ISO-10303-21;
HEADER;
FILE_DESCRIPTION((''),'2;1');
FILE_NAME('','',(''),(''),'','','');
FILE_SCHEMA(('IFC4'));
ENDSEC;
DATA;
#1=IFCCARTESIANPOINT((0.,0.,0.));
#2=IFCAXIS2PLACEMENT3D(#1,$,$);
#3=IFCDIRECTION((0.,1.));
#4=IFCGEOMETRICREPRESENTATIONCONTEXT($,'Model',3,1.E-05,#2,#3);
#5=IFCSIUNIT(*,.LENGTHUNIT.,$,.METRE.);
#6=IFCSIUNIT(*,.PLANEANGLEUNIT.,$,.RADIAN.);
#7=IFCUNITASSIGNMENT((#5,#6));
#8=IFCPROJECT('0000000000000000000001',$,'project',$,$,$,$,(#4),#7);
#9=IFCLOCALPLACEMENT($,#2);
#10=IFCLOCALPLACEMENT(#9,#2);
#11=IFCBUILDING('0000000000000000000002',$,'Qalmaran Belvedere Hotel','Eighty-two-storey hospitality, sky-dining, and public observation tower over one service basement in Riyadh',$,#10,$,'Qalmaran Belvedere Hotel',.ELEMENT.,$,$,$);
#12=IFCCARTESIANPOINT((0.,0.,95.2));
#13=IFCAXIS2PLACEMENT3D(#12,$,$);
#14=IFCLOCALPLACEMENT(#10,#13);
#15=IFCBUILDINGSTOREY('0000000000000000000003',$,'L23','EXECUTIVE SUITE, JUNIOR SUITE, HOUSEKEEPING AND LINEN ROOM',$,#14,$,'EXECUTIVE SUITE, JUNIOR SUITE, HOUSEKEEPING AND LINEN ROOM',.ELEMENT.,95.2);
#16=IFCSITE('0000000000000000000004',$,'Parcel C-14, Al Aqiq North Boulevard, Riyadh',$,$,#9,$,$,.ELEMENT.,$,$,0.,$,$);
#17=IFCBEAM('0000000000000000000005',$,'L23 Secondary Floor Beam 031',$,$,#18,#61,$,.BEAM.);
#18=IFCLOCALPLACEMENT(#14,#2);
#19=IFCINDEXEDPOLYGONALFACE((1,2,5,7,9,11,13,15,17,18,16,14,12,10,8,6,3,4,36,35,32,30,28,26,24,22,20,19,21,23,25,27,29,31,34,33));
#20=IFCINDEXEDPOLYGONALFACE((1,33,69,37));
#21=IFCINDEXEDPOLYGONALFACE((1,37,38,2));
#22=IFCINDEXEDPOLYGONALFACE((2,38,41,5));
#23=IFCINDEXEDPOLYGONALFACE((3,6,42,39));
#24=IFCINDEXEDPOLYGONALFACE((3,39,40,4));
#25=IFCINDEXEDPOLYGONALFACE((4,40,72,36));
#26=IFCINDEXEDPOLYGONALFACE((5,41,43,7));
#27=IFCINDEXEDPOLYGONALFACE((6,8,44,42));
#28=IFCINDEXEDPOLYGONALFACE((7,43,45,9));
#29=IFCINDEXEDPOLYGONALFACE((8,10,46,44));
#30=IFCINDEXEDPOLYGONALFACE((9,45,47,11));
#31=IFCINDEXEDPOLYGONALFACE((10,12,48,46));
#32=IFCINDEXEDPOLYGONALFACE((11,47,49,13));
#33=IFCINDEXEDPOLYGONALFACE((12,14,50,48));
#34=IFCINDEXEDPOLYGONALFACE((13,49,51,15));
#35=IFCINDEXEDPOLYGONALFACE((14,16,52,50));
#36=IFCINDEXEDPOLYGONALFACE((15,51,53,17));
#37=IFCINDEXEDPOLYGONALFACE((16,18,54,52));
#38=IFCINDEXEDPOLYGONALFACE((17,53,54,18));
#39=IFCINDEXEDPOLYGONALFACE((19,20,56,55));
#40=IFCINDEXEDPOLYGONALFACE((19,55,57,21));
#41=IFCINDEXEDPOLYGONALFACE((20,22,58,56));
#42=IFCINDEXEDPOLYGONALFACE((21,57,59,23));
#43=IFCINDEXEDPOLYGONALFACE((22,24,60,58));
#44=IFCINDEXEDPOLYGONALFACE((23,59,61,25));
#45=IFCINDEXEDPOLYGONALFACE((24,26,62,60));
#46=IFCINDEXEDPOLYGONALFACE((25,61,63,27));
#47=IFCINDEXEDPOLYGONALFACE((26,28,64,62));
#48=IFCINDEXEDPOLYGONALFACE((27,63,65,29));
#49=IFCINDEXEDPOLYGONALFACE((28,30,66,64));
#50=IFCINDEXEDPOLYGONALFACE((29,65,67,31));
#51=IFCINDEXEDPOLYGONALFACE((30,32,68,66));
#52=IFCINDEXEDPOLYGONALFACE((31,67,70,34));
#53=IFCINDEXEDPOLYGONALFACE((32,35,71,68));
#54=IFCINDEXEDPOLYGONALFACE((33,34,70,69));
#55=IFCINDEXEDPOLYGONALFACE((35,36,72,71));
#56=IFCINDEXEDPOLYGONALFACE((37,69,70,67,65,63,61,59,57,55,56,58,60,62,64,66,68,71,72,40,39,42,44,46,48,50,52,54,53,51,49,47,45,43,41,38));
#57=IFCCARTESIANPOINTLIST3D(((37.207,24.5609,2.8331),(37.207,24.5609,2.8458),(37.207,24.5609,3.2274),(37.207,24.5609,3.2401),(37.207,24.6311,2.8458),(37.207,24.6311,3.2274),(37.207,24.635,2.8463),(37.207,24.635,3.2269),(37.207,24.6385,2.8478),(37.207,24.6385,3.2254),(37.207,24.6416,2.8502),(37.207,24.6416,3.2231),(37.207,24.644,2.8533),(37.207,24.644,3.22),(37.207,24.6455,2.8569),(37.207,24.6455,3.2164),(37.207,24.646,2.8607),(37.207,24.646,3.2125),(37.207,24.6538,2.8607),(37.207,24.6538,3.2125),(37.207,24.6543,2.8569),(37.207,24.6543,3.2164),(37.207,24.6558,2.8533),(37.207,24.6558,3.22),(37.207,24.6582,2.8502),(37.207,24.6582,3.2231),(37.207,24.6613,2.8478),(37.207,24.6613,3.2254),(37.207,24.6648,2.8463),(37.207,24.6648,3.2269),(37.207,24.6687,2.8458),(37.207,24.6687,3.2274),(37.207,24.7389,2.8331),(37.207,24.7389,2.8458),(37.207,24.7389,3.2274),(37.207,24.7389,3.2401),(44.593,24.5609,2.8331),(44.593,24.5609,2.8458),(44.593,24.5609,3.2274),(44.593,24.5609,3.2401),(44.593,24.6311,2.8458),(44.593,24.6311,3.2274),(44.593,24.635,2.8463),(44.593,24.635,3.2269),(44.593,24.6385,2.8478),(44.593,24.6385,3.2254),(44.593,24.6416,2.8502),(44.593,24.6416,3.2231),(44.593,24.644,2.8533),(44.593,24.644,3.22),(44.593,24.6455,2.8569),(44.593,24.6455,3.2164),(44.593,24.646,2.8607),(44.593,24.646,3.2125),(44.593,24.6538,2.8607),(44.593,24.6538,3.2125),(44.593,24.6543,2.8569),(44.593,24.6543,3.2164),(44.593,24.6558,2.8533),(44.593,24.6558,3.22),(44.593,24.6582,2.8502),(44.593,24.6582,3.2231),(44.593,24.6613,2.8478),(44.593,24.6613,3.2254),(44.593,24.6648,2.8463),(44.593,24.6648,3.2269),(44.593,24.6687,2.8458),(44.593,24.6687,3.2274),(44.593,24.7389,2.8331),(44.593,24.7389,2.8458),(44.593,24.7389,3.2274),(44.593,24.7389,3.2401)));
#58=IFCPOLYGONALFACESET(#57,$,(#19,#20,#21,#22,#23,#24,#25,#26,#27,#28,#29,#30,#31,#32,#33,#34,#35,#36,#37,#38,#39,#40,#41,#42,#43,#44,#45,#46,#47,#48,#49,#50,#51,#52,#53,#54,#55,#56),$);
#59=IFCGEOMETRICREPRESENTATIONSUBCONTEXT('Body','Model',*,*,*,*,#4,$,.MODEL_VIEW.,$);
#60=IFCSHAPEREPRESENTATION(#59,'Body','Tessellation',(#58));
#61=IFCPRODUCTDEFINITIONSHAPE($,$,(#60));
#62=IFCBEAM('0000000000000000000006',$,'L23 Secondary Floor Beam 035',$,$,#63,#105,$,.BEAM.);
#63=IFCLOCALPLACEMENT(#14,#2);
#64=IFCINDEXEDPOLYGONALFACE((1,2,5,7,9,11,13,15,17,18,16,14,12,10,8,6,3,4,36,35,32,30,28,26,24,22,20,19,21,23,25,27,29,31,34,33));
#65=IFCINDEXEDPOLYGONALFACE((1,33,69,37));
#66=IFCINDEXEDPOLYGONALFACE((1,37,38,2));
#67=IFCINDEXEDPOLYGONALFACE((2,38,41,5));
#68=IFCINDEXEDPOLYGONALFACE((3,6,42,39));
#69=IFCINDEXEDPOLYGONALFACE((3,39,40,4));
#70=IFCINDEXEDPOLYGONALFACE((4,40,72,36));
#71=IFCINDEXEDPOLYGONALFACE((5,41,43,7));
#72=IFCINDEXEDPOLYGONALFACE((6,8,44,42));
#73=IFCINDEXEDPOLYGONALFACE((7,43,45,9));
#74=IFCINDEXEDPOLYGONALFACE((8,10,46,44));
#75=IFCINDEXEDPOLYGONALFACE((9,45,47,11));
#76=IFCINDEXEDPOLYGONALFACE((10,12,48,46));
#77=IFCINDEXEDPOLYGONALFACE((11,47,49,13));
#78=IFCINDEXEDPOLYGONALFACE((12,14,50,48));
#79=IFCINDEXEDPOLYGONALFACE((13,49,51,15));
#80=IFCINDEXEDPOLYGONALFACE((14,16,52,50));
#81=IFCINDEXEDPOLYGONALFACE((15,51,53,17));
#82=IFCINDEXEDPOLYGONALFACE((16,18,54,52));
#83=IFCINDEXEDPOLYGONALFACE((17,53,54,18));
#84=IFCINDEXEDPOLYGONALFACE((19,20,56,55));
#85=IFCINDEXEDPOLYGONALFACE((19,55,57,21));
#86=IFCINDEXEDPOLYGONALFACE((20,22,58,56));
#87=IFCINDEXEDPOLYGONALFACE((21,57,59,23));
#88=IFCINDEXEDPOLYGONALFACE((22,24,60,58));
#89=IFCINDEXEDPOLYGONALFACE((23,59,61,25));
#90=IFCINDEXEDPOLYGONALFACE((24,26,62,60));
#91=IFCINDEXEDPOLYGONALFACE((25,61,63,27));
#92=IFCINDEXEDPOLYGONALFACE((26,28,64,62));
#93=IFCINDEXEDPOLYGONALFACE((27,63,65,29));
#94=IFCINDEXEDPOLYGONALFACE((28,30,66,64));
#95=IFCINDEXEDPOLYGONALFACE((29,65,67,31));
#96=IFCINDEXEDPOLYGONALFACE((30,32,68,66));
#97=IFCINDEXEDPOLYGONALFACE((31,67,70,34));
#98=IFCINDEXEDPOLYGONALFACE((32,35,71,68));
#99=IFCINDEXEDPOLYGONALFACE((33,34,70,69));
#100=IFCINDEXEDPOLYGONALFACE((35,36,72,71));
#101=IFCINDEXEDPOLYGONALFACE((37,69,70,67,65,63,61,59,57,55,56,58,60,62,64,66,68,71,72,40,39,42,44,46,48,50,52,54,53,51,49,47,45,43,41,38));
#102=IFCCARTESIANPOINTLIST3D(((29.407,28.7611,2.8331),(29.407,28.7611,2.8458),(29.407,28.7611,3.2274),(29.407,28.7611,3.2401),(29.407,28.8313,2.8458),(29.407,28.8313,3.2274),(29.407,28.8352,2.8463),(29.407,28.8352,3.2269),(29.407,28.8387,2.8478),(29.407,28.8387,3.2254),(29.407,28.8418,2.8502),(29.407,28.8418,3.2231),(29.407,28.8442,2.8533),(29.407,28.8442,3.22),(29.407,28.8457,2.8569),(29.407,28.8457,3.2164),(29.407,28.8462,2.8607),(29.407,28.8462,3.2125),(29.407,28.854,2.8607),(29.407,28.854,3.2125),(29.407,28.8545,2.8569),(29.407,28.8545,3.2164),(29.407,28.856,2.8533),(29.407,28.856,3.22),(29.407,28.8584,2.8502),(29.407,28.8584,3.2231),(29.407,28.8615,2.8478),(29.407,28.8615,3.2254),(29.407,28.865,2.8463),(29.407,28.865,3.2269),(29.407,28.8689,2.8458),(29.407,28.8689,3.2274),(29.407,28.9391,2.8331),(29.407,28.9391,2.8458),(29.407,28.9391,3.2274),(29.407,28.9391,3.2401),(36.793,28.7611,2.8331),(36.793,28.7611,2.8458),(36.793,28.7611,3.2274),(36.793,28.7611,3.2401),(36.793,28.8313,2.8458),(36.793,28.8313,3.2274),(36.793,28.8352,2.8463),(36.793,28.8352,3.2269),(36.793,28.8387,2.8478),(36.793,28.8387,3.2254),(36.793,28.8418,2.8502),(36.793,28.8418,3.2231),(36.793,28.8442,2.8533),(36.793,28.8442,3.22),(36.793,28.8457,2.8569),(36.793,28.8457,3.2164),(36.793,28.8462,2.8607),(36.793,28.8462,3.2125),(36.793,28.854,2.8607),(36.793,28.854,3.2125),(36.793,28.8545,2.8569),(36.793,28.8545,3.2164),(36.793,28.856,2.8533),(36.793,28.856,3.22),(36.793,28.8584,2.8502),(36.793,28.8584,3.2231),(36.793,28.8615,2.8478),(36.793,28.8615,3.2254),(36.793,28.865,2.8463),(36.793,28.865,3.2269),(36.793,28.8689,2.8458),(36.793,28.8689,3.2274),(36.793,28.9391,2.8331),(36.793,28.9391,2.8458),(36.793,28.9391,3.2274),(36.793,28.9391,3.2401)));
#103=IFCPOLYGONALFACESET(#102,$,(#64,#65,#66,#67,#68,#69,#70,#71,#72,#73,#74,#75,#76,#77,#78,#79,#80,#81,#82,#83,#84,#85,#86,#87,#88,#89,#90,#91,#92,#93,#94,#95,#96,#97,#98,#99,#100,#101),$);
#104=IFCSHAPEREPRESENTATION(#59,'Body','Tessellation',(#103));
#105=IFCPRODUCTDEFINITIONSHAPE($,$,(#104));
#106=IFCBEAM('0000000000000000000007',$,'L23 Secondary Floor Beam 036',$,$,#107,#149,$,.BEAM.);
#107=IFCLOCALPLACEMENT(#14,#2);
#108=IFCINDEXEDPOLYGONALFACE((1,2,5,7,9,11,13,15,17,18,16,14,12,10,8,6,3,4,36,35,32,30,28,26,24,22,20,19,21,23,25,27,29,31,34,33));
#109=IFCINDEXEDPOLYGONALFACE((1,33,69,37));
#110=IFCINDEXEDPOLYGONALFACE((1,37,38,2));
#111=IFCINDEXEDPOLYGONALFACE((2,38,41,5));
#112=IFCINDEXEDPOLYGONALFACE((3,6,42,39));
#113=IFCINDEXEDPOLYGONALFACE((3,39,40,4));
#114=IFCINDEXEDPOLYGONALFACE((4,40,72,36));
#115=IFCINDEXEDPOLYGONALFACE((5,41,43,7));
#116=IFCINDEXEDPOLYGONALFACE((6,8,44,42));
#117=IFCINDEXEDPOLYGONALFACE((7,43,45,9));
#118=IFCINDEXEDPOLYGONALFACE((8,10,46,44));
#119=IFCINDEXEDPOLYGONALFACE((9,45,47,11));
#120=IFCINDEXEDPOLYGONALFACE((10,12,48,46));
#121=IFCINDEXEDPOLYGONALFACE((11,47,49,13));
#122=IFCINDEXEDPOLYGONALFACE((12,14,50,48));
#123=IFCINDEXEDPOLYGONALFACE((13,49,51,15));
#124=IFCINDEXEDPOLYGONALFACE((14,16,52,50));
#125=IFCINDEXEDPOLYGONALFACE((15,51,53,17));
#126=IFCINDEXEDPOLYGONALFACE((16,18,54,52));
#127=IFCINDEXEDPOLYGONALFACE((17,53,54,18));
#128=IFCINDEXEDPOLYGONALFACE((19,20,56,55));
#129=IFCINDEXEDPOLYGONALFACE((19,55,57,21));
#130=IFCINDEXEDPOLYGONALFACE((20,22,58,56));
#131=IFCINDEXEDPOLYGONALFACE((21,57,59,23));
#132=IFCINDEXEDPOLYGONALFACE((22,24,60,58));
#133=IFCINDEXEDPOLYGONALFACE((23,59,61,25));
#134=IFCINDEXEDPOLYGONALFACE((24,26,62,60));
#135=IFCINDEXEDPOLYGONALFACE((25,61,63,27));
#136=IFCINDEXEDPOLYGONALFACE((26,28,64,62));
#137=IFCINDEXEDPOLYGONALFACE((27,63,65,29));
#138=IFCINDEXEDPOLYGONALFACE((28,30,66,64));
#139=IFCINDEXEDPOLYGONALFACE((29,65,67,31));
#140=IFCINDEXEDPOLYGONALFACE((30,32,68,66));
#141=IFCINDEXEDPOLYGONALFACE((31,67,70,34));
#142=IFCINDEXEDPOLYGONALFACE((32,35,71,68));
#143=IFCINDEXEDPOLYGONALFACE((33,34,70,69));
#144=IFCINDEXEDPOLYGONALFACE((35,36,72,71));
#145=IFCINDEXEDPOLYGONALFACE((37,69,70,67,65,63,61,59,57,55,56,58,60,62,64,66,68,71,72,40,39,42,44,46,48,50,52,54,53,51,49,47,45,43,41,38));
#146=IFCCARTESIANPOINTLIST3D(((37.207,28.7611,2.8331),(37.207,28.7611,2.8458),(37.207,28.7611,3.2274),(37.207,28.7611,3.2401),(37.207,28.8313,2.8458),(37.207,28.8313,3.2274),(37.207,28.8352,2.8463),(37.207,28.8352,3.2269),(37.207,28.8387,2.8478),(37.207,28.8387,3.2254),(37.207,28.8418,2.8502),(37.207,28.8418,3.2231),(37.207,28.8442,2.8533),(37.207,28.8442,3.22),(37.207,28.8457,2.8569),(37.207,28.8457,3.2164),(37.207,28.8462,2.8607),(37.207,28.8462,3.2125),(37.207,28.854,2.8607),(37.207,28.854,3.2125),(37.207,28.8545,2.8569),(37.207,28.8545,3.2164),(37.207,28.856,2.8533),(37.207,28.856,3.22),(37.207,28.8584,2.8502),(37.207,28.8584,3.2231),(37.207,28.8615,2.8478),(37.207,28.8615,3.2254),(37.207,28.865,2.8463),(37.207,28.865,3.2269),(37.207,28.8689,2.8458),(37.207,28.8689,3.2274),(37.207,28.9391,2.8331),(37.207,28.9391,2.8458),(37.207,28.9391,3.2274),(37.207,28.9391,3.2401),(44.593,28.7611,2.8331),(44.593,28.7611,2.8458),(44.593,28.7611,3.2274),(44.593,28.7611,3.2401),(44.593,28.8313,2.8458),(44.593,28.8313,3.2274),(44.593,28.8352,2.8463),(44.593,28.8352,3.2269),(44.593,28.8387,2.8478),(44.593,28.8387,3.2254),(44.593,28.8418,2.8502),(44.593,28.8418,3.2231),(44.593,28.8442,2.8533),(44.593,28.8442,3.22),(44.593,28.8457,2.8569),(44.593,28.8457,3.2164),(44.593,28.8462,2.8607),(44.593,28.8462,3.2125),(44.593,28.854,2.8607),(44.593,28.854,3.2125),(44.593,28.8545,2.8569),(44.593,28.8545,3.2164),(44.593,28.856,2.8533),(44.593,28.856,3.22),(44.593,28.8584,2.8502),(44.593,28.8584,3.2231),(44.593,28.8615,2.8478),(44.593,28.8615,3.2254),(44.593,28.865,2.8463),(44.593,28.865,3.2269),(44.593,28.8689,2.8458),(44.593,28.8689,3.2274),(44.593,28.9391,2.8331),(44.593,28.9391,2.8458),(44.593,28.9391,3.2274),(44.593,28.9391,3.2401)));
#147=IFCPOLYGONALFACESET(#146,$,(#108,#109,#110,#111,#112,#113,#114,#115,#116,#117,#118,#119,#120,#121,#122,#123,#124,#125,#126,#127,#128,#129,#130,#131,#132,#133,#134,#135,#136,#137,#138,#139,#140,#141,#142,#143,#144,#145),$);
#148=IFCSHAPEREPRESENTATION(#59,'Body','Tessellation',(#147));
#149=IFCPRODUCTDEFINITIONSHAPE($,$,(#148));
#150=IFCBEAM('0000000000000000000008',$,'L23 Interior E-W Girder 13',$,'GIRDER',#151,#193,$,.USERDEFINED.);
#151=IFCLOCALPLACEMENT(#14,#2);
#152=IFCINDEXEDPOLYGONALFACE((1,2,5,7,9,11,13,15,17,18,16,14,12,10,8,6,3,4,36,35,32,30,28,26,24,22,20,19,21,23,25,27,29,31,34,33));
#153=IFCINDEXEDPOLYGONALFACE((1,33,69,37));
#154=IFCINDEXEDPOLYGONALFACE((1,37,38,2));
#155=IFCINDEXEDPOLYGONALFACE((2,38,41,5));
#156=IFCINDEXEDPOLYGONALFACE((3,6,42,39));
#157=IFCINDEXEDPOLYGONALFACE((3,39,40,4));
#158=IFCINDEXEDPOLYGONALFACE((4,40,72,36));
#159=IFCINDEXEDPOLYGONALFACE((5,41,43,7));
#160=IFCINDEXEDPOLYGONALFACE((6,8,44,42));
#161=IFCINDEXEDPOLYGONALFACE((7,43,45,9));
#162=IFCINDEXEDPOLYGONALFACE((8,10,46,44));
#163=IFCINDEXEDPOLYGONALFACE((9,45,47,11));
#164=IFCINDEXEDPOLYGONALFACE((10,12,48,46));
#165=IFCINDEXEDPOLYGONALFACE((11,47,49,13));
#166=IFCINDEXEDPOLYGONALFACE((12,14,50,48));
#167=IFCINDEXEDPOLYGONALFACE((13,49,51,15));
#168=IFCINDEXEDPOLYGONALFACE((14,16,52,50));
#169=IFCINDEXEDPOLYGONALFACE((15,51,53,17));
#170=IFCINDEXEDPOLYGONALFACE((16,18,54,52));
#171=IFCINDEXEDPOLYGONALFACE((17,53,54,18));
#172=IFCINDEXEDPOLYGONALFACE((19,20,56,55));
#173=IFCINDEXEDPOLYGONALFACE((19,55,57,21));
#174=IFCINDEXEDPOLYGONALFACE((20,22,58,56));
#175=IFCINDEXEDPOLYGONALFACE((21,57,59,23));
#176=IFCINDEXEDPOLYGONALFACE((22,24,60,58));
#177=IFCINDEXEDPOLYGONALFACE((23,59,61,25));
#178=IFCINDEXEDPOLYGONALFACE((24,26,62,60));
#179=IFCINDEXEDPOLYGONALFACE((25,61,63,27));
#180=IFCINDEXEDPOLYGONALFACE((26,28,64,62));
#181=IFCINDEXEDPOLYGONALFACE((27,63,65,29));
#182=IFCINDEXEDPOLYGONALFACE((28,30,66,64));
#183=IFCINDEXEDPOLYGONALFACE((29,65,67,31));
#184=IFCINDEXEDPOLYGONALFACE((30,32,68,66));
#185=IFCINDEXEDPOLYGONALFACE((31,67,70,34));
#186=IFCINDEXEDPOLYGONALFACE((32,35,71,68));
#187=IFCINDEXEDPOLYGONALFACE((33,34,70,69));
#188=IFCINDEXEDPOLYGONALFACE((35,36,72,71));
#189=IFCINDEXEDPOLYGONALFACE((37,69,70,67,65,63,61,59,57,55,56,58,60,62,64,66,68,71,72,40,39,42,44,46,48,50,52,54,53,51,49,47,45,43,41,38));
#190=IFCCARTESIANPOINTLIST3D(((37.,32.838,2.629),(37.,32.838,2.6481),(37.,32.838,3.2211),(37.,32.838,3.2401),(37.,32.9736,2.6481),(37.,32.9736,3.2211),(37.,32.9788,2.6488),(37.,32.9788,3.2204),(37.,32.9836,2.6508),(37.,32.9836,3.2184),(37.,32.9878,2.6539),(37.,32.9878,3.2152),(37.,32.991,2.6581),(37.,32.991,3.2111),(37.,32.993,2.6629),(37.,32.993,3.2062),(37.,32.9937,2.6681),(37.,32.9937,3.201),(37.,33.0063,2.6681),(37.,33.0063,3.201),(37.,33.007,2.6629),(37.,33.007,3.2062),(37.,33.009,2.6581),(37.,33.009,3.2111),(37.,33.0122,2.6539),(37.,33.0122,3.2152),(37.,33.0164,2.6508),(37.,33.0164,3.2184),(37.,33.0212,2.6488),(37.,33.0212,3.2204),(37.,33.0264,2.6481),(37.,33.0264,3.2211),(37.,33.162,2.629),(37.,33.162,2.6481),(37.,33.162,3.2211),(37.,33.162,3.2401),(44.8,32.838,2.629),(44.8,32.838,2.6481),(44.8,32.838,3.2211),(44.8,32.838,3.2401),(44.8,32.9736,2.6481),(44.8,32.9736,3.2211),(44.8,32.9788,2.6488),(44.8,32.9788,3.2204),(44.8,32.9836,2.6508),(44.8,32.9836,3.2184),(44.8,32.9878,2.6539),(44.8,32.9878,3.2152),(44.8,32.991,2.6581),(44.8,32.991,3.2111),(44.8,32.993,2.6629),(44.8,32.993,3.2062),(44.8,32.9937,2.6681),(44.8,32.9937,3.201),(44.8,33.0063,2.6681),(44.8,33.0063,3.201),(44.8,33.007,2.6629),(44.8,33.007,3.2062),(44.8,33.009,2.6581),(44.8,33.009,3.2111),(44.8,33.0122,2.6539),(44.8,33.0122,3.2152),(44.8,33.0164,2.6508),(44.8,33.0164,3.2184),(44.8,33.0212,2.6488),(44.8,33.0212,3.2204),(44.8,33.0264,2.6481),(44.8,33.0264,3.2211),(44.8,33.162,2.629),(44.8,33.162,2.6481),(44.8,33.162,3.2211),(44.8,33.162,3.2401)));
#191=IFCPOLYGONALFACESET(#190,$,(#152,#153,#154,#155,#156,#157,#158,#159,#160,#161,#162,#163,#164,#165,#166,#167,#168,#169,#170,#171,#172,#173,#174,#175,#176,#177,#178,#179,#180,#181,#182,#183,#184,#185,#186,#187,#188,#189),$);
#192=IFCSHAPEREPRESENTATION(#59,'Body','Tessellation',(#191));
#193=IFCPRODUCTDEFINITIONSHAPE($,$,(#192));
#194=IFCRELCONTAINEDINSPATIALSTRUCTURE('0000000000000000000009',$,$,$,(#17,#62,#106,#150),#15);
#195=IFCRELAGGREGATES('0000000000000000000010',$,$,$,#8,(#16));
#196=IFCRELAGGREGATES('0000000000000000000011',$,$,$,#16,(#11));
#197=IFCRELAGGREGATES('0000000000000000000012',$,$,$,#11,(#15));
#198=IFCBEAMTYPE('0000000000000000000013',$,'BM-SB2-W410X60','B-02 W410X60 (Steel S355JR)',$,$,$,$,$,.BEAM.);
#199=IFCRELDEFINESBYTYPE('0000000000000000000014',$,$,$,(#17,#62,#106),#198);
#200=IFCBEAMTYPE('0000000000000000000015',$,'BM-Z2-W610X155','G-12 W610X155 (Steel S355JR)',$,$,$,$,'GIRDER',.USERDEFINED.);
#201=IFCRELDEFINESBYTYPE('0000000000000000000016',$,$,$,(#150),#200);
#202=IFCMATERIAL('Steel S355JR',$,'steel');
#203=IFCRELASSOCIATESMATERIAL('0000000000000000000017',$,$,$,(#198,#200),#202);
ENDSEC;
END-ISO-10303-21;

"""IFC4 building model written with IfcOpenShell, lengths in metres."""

from ifc_helpers import new_model, si_unit, direction, frame, origin, origin_2d, place, context, subcontext, project, spatial, i_section, extrude, material, material_profile, profile_set, type_object, element, save


model = new_model("IFC4")

# Units and contexts
model_context = context("Model", 3, precision=1e-05, world=origin(), true_north=direction((0.0, 1.0)))
body_context = subcontext(model_context, "Body", "Model", "MODEL_VIEW")
ifc_project = project(units=[si_unit("LENGTHUNIT", "METRE"), si_unit("PLANEANGLEUNIT", "RADIAN")], contexts=[model_context])

# Site, building, storey
site_placement = place(None, origin())
site = spatial("IfcSite", under=ifc_project, at=site_placement, Name="Parcel C-14, Al Aqiq North Boulevard, Riyadh", CompositionType="ELEMENT", RefElevation=0.0)
building_placement = place(site_placement, origin())
building = spatial("IfcBuilding", under=site, at=building_placement, Name="Qalmaran Belvedere Hotel", Description="Eighty-two-storey hospitality, sky-dining, and public observation tower over one service basement in Riyadh", LongName="Qalmaran Belvedere Hotel", CompositionType="ELEMENT")
storey_placement = place(building_placement, frame((0.0, 0.0, 95.2)))
storey = spatial("IfcBuildingStorey", under=building, at=storey_placement, Name="L23", Description="EXECUTIVE SUITE, JUNIOR SUITE, HOUSEKEEPING AND LINEN ROOM", LongName="EXECUTIVE SUITE, JUNIOR SUITE, HOUSEKEEPING AND LINEN ROOM", CompositionType="ELEMENT", Elevation=95.2)

# Beams
ifc_material_1 = material(Name="Steel S355JR", Category="steel")
ifc_material_profile_1 = material_profile(ifc_material_1, i_section(OverallWidth=0.178, OverallDepth=0.407, WebThickness=0.0078, FlangeThickness=0.0127, FilletRadius=0.0149, at=origin_2d()), Name="W410X60")
ifc_profile_set_1 = profile_set([ifc_material_profile_1], Name="Steel S355JR")
beam_type_1 = type_object("IfcBeamType", Name="BM-SB2-W410X60", Description="B-02 W410X60 (Steel S355JR)", PredefinedType="BEAM", material=ifc_profile_set_1)
for number, where, z_axis, x_axis, name in (
    (1, (37.207, 24.6499, 3.0366), (1.0, 0.0, 0.0), (0.0, 1.0, 0.0), "L23 Secondary Floor Beam 031"),
    (2, (29.407, 28.8501, 3.0366), (1.0, 0.0, 0.0), (0.0, 1.0, 0.0), "L23 Secondary Floor Beam 035"),
    (3, (37.207, 28.8501, 3.0366), (1.0, 0.0, 0.0), (0.0, 1.0, 0.0), "L23 Secondary Floor Beam 036"),
):
    element("IfcBeam", number, at=place(storey_placement, frame(where, z_axis=z_axis, x_axis=x_axis)), inside=storey, type_object=beam_type_1, Name=name, PredefinedType="BEAM", context=body_context, shape_type="SweptSolid", body=[
        extrude(i_section(OverallWidth=0.178, OverallDepth=0.407, WebThickness=0.0078, FlangeThickness=0.0127, FilletRadius=0.0149, at=origin_2d()), origin(), (0.0, 0.0, 1.0), 7.386),
    ])
ifc_material_profile_2 = material_profile(ifc_material_1, i_section(OverallWidth=0.324, OverallDepth=0.6111, WebThickness=0.0127, FlangeThickness=0.019, FilletRadius=0.02, at=origin_2d()), Name="W610X155")
ifc_profile_set_2 = profile_set([ifc_material_profile_2], Name="Steel S355JR")
beam_type_2 = type_object("IfcBeamType", Name="BM-Z2-W610X155", Description="G-12 W610X155 (Steel S355JR)", ElementType="GIRDER", PredefinedType="USERDEFINED", material=ifc_profile_set_2)
beam_placement = place(storey_placement, frame((37.0, 33.0, 2.9346), z_axis=(1.0, 0.0, 0.0), x_axis=(0.0, 1.0, 0.0)))
element("IfcBeam", 4, at=beam_placement, inside=storey, type_object=beam_type_2, Name="L23 Interior E-W Girder 13", ObjectType="GIRDER", PredefinedType="USERDEFINED", context=body_context, shape_type="SweptSolid", body=[
    extrude(i_section(OverallWidth=0.324, OverallDepth=0.6111, WebThickness=0.0127, FlangeThickness=0.019, FilletRadius=0.02, at=origin_2d()), origin(), (0.0, 0.0, 1.0), 7.8),
])

save(model, "model.ifc")
